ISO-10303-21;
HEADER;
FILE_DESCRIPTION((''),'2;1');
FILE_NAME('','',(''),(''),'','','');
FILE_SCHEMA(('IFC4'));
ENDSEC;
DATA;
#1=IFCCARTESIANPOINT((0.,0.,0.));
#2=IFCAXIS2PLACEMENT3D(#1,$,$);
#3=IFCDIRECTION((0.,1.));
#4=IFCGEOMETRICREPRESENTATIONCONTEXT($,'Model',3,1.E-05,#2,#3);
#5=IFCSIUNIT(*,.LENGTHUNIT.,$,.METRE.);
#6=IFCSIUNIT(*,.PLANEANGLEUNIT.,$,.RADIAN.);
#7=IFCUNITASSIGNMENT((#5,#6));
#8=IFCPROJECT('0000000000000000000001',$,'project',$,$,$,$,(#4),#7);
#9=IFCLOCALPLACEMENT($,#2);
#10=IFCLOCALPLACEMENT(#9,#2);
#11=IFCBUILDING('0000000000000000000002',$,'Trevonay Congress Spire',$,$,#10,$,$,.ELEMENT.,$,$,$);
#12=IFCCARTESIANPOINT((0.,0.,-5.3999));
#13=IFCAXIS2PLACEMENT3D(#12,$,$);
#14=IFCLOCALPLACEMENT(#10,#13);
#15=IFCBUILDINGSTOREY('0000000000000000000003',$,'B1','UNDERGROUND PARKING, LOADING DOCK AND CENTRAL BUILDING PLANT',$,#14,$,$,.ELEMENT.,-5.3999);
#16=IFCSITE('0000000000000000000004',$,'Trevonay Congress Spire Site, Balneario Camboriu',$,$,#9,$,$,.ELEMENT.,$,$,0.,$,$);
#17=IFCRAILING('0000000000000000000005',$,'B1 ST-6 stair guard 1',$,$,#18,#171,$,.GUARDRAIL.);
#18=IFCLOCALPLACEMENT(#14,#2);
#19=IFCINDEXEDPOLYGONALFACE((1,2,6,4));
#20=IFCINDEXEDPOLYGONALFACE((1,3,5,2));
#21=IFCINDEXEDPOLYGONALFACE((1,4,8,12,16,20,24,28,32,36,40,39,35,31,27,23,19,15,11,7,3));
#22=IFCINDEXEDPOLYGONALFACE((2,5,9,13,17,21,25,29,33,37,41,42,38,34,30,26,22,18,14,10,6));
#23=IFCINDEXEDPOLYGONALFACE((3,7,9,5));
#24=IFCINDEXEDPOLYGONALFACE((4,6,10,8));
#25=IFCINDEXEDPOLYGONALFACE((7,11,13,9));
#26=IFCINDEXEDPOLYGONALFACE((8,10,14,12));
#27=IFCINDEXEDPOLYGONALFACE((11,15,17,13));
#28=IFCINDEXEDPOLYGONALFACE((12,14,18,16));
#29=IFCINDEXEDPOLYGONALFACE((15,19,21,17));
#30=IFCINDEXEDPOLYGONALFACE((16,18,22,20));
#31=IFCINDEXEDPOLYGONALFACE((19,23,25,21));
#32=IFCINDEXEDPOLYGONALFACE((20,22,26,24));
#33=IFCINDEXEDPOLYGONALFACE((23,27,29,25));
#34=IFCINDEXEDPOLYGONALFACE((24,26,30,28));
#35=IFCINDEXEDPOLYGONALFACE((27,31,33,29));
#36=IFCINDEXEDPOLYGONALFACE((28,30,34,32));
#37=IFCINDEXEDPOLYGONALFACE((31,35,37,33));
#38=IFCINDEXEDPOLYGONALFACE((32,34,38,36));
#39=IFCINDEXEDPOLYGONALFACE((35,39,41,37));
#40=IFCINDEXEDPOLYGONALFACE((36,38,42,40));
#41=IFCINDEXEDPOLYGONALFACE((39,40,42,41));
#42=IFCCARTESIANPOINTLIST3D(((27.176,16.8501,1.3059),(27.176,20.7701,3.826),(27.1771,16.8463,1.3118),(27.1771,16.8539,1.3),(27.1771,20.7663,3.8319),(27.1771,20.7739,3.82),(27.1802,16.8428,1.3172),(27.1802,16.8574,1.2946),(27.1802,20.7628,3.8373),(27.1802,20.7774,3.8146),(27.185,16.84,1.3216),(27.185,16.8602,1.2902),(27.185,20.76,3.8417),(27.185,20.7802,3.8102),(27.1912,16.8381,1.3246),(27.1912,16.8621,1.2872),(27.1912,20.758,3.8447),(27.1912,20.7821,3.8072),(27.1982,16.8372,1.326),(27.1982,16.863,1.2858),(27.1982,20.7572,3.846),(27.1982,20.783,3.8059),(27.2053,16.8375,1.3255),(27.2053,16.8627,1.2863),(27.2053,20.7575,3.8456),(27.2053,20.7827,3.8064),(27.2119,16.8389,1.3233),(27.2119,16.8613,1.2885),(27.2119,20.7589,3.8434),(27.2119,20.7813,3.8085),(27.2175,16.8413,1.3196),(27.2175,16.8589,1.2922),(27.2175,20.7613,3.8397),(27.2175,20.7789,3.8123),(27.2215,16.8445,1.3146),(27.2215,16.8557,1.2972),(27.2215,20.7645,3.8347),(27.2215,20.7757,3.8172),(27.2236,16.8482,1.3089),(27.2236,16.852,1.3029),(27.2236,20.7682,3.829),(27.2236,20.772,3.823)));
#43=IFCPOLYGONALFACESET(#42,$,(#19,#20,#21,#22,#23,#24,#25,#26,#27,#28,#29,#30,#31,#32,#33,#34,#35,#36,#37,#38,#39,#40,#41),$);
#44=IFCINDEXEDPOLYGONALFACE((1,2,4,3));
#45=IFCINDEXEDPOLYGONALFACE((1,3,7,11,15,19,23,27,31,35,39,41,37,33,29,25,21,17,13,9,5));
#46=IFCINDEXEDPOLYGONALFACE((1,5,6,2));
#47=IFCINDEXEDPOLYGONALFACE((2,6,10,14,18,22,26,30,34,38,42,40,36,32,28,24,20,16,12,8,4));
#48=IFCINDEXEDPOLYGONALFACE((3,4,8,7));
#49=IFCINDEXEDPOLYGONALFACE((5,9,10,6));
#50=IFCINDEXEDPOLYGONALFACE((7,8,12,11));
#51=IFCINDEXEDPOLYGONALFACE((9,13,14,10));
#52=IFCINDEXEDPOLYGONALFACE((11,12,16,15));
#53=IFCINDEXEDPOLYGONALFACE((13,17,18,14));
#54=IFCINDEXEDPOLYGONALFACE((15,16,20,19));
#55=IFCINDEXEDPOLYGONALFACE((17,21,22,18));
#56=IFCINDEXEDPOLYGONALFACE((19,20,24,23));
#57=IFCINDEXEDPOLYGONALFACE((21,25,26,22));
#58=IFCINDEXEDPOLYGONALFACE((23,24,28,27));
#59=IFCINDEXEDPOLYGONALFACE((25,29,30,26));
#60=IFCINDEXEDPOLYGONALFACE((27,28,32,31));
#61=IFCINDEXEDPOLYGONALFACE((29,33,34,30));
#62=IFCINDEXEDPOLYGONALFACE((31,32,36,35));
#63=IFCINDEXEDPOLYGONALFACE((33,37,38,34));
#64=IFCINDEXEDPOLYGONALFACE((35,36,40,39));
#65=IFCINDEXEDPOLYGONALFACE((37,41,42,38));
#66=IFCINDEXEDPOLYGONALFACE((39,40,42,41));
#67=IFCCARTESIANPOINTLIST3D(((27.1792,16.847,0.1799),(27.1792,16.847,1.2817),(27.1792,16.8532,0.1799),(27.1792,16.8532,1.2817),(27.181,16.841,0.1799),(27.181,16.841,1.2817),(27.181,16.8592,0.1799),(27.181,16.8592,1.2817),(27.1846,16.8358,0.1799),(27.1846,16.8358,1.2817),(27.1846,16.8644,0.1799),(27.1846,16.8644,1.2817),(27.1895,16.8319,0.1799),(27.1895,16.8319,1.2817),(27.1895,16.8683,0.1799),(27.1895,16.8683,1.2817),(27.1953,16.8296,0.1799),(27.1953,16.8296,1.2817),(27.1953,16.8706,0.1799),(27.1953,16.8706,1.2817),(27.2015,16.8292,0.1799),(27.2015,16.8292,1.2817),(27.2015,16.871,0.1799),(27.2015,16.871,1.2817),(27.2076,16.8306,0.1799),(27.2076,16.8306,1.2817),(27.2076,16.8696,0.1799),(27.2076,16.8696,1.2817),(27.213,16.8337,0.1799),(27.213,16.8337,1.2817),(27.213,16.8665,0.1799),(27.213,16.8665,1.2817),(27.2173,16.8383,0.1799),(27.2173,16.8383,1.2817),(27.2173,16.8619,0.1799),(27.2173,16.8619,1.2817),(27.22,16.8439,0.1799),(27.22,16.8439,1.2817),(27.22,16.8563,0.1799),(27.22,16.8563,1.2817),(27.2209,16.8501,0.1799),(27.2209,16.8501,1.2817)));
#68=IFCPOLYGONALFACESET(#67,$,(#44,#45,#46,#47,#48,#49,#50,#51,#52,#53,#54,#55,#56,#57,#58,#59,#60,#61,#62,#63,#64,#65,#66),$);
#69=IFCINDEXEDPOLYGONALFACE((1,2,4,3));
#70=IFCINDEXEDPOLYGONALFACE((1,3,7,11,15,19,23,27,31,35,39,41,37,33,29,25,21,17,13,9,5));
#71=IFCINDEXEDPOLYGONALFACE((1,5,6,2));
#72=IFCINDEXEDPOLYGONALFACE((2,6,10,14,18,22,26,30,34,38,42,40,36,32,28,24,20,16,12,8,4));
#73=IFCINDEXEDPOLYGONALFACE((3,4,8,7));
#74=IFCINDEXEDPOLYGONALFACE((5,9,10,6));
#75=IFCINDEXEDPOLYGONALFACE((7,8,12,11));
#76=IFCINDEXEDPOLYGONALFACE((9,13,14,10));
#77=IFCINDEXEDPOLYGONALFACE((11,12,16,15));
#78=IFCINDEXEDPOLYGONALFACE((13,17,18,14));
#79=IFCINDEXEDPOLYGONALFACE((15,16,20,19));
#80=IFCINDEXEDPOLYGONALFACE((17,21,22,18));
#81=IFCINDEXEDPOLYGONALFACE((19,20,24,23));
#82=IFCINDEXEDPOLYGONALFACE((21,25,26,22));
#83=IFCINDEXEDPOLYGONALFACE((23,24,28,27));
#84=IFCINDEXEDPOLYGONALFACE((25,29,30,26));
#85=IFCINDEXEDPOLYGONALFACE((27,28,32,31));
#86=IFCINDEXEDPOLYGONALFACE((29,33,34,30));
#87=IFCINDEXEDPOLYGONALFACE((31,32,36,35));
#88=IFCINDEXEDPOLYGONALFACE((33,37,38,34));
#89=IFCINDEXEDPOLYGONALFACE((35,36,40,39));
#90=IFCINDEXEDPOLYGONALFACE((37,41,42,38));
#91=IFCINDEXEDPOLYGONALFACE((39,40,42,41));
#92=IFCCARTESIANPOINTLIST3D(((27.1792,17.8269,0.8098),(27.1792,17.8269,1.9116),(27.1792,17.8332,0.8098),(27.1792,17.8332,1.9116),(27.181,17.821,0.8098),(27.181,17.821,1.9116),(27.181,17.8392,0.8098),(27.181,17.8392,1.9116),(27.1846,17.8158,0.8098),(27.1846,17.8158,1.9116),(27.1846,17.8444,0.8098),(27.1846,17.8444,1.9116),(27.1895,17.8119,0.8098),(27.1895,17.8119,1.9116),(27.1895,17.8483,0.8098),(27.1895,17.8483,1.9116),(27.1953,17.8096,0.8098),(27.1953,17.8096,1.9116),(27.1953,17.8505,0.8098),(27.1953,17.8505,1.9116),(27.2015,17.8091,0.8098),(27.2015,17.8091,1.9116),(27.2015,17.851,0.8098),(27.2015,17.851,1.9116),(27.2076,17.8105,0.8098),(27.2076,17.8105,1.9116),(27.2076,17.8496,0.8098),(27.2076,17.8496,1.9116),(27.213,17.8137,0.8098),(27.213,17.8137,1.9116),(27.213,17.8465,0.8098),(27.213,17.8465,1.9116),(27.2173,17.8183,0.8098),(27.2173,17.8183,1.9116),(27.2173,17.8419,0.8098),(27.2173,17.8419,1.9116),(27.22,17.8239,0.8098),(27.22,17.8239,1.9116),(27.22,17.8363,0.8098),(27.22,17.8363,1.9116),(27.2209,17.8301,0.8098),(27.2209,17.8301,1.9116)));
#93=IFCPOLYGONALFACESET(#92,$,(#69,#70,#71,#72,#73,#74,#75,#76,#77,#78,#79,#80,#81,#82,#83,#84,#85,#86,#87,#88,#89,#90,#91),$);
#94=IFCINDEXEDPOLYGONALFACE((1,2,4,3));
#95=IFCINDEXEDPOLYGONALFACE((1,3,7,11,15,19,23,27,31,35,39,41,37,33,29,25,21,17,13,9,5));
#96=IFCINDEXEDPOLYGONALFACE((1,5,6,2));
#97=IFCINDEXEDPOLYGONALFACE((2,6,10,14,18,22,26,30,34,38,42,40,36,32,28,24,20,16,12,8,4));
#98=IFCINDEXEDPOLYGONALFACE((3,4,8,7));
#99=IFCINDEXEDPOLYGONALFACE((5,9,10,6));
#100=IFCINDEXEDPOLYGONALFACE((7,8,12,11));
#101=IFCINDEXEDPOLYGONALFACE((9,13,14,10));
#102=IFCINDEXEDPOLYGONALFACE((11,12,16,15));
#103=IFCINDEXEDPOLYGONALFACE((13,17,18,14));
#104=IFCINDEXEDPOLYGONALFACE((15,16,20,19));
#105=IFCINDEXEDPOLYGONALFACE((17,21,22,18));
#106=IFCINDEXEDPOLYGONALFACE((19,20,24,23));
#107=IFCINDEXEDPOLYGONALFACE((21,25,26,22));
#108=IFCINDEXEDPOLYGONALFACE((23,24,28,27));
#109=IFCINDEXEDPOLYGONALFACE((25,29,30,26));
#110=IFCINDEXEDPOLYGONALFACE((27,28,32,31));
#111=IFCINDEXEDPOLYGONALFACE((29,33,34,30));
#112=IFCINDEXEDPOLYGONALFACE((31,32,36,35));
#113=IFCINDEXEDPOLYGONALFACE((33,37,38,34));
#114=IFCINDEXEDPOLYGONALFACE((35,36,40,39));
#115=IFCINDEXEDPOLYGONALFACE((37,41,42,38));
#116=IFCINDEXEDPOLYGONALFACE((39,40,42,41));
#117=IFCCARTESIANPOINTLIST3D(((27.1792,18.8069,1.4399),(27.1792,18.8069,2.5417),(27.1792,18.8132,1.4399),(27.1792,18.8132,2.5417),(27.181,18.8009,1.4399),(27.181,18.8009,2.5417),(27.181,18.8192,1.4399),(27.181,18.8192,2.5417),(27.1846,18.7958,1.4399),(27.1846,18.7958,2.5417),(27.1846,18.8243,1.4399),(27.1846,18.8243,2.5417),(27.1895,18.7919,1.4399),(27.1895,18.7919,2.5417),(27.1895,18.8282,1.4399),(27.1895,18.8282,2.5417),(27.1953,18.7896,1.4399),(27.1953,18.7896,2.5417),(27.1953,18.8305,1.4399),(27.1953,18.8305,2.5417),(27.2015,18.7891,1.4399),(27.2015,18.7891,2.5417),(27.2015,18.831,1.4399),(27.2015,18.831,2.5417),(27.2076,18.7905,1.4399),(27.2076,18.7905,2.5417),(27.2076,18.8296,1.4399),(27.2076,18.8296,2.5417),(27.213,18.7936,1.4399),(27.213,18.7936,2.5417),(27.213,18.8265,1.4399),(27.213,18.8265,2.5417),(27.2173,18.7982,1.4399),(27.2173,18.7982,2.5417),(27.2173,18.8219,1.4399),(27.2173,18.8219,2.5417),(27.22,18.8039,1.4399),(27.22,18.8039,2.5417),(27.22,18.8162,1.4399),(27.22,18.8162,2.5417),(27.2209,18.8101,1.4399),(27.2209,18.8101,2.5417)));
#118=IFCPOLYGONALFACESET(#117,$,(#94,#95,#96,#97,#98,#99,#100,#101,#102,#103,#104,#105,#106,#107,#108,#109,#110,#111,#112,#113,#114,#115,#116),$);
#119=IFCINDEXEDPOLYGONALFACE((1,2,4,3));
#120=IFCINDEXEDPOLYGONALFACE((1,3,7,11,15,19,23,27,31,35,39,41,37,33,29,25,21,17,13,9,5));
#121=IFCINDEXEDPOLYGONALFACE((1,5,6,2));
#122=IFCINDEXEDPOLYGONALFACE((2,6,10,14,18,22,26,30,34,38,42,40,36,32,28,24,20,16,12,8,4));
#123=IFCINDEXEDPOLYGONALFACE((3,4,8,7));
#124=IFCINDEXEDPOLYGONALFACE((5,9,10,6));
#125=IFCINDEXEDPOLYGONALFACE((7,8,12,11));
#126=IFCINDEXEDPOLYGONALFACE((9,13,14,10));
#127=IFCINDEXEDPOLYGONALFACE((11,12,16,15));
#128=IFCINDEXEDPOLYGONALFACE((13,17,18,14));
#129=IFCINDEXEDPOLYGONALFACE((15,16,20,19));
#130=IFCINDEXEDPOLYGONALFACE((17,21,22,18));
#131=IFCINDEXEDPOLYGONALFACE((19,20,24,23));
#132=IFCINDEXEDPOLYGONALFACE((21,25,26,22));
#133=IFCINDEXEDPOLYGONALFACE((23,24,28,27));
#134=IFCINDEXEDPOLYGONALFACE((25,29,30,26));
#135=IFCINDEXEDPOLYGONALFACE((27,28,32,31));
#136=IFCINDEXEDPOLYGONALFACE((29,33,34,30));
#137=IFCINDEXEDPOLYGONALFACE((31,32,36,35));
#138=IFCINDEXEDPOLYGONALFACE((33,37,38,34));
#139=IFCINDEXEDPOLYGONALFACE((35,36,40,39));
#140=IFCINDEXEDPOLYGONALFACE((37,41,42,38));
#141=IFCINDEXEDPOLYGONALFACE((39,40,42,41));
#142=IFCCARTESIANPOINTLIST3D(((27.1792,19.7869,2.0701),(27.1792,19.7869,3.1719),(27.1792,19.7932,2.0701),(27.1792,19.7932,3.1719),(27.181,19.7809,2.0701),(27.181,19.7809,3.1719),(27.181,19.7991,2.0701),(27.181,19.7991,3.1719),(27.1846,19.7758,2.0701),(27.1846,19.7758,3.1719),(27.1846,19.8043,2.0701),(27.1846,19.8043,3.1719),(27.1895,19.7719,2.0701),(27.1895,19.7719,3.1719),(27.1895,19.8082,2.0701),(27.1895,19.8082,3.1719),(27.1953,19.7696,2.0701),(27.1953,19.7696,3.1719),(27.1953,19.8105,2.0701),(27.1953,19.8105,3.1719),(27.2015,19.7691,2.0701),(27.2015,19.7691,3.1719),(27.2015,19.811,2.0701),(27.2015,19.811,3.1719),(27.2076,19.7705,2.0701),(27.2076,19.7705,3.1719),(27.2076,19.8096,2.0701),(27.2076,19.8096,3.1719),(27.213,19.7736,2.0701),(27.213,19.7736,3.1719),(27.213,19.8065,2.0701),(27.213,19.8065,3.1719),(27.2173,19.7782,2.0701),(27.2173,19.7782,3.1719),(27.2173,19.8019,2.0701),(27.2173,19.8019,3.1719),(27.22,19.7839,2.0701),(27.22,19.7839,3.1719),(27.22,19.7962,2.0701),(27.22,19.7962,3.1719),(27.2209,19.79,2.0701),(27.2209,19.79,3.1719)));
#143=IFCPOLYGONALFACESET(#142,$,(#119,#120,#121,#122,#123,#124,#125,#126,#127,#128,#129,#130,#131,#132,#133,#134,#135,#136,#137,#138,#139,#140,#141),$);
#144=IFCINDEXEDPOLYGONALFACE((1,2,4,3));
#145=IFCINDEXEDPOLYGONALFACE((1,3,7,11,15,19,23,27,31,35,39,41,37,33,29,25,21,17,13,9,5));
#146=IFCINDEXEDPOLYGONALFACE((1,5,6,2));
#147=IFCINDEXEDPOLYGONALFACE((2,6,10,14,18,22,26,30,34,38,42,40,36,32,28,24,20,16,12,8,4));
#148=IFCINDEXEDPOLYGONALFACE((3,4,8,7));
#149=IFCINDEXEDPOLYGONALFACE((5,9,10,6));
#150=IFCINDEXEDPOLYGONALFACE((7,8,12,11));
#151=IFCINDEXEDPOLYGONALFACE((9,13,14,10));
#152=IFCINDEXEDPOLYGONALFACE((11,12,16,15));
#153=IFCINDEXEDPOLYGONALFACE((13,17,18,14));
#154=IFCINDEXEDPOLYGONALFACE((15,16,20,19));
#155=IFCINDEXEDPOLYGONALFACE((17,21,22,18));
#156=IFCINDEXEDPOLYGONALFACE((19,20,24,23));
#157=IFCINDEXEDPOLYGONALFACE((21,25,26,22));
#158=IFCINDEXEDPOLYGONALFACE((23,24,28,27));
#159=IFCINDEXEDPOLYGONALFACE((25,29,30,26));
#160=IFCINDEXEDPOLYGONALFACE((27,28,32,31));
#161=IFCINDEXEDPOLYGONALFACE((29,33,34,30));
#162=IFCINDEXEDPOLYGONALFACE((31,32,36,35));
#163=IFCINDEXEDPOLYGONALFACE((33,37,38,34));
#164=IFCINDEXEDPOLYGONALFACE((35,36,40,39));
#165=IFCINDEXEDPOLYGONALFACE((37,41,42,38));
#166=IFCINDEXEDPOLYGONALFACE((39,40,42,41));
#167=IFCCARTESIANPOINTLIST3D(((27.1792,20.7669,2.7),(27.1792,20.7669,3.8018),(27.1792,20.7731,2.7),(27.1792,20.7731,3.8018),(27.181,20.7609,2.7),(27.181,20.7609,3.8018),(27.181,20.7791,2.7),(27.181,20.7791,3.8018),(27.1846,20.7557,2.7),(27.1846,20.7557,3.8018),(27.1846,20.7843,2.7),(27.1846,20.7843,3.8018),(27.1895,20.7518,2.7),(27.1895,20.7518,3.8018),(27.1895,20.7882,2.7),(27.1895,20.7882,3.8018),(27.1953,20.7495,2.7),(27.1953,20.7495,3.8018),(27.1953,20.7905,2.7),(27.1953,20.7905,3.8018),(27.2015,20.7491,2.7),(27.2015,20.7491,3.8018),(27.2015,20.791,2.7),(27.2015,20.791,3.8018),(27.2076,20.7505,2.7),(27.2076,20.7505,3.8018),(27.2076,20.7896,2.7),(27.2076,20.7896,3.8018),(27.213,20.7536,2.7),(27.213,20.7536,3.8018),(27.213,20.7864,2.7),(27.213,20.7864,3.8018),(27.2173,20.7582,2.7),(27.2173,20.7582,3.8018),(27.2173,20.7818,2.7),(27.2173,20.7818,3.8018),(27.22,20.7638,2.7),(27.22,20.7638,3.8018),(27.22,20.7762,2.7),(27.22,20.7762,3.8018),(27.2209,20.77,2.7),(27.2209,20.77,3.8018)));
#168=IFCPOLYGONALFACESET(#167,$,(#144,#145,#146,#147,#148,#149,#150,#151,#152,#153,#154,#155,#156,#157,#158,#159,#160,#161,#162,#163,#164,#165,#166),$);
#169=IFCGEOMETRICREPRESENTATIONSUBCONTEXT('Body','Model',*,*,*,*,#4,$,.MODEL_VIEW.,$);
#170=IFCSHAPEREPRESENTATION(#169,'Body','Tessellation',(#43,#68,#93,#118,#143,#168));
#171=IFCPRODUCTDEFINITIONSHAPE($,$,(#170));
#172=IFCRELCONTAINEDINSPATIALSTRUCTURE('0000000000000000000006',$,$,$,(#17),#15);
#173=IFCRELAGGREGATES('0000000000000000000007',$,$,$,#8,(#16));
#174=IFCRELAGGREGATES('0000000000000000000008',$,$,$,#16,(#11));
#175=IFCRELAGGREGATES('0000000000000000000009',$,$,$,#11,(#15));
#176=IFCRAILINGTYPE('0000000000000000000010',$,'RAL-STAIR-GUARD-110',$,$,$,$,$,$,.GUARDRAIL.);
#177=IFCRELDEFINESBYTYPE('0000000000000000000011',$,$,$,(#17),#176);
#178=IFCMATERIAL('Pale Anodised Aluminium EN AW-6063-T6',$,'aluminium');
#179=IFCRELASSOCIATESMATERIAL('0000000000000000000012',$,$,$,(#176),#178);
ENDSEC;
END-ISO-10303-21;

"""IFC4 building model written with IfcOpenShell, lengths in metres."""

from ifc_helpers import new_model, si_unit, direction, frame, origin, origin_2d, place, context, subcontext, project, spatial, circle, extrude, material, type_object, element, save


model = new_model("IFC4")

# Units and contexts
model_context = context("Model", 3, precision=1e-05, world=origin(), true_north=direction((0.0, 1.0)))
body_context = subcontext(model_context, "Body", "Model", "MODEL_VIEW")
ifc_project = project(units=[si_unit("LENGTHUNIT", "METRE"), si_unit("PLANEANGLEUNIT", "RADIAN")], contexts=[model_context])

# Site, building, storey
site_placement = place(None, origin())
site = spatial("IfcSite", under=ifc_project, at=site_placement, Name="Trevonay Congress Spire Site, Balneario Camboriu", CompositionType="ELEMENT", RefElevation=0.0)
building_placement = place(site_placement, origin())
building = spatial("IfcBuilding", under=site, at=building_placement, Name="Trevonay Congress Spire", CompositionType="ELEMENT")
storey_placement = place(building_placement, frame((0.0, 0.0, -5.3999)))
storey = spatial("IfcBuildingStorey", under=building, at=storey_placement, Name="B1", Description="UNDERGROUND PARKING, LOADING DOCK AND CENTRAL BUILDING PLANT", CompositionType="ELEMENT", Elevation=-5.3999)

# Railing
ifc_material_1 = material(Name="Pale Anodised Aluminium EN AW-6063-T6", Category="aluminium")
railing_type_1 = type_object("IfcRailingType", Name="RAL-STAIR-GUARD-110", PredefinedType="GUARDRAIL", material=ifc_material_1)
railing_1_placement = place(storey_placement, frame((27.2, 16.8501, 0.1799)))
element("IfcRailing", 1, at=railing_1_placement, inside=storey, type_object=railing_type_1, Name="B1 ST-6 stair guard 1", PredefinedType="GUARDRAIL", context=body_context, shape_type="SweptSolid", body=[
    extrude(circle(Radius=0.0239, at=origin_2d()), frame((0.0, 0.0, 1.126), z_axis=(0.0, 0.841172, 0.540768), x_axis=(-1.0, 0.0, 0.0)), (0.0, 0.0, 1.0), 4.6602),
    extrude(circle(Radius=0.021, at=origin_2d()), origin(), (0.0, 0.0, 1.0), 1.1018),
    extrude(circle(Radius=0.021, at=origin_2d()), frame((0.0, 0.98, 0.6299)), (0.0, 0.0, 1.0), 1.1018),
    extrude(circle(Radius=0.021, at=origin_2d()), frame((0.0, 1.96, 1.26)), (0.0, 0.0, 1.0), 1.1018),
    extrude(circle(Radius=0.021, at=origin_2d()), frame((0.0, 2.9399, 1.8901)), (0.0, 0.0, 1.0), 1.1018),
    extrude(circle(Radius=0.021, at=origin_2d()), frame((0.0, 3.9199, 2.52)), (0.0, 0.0, 1.0), 1.1018),
])

save(model, "model.ifc")
